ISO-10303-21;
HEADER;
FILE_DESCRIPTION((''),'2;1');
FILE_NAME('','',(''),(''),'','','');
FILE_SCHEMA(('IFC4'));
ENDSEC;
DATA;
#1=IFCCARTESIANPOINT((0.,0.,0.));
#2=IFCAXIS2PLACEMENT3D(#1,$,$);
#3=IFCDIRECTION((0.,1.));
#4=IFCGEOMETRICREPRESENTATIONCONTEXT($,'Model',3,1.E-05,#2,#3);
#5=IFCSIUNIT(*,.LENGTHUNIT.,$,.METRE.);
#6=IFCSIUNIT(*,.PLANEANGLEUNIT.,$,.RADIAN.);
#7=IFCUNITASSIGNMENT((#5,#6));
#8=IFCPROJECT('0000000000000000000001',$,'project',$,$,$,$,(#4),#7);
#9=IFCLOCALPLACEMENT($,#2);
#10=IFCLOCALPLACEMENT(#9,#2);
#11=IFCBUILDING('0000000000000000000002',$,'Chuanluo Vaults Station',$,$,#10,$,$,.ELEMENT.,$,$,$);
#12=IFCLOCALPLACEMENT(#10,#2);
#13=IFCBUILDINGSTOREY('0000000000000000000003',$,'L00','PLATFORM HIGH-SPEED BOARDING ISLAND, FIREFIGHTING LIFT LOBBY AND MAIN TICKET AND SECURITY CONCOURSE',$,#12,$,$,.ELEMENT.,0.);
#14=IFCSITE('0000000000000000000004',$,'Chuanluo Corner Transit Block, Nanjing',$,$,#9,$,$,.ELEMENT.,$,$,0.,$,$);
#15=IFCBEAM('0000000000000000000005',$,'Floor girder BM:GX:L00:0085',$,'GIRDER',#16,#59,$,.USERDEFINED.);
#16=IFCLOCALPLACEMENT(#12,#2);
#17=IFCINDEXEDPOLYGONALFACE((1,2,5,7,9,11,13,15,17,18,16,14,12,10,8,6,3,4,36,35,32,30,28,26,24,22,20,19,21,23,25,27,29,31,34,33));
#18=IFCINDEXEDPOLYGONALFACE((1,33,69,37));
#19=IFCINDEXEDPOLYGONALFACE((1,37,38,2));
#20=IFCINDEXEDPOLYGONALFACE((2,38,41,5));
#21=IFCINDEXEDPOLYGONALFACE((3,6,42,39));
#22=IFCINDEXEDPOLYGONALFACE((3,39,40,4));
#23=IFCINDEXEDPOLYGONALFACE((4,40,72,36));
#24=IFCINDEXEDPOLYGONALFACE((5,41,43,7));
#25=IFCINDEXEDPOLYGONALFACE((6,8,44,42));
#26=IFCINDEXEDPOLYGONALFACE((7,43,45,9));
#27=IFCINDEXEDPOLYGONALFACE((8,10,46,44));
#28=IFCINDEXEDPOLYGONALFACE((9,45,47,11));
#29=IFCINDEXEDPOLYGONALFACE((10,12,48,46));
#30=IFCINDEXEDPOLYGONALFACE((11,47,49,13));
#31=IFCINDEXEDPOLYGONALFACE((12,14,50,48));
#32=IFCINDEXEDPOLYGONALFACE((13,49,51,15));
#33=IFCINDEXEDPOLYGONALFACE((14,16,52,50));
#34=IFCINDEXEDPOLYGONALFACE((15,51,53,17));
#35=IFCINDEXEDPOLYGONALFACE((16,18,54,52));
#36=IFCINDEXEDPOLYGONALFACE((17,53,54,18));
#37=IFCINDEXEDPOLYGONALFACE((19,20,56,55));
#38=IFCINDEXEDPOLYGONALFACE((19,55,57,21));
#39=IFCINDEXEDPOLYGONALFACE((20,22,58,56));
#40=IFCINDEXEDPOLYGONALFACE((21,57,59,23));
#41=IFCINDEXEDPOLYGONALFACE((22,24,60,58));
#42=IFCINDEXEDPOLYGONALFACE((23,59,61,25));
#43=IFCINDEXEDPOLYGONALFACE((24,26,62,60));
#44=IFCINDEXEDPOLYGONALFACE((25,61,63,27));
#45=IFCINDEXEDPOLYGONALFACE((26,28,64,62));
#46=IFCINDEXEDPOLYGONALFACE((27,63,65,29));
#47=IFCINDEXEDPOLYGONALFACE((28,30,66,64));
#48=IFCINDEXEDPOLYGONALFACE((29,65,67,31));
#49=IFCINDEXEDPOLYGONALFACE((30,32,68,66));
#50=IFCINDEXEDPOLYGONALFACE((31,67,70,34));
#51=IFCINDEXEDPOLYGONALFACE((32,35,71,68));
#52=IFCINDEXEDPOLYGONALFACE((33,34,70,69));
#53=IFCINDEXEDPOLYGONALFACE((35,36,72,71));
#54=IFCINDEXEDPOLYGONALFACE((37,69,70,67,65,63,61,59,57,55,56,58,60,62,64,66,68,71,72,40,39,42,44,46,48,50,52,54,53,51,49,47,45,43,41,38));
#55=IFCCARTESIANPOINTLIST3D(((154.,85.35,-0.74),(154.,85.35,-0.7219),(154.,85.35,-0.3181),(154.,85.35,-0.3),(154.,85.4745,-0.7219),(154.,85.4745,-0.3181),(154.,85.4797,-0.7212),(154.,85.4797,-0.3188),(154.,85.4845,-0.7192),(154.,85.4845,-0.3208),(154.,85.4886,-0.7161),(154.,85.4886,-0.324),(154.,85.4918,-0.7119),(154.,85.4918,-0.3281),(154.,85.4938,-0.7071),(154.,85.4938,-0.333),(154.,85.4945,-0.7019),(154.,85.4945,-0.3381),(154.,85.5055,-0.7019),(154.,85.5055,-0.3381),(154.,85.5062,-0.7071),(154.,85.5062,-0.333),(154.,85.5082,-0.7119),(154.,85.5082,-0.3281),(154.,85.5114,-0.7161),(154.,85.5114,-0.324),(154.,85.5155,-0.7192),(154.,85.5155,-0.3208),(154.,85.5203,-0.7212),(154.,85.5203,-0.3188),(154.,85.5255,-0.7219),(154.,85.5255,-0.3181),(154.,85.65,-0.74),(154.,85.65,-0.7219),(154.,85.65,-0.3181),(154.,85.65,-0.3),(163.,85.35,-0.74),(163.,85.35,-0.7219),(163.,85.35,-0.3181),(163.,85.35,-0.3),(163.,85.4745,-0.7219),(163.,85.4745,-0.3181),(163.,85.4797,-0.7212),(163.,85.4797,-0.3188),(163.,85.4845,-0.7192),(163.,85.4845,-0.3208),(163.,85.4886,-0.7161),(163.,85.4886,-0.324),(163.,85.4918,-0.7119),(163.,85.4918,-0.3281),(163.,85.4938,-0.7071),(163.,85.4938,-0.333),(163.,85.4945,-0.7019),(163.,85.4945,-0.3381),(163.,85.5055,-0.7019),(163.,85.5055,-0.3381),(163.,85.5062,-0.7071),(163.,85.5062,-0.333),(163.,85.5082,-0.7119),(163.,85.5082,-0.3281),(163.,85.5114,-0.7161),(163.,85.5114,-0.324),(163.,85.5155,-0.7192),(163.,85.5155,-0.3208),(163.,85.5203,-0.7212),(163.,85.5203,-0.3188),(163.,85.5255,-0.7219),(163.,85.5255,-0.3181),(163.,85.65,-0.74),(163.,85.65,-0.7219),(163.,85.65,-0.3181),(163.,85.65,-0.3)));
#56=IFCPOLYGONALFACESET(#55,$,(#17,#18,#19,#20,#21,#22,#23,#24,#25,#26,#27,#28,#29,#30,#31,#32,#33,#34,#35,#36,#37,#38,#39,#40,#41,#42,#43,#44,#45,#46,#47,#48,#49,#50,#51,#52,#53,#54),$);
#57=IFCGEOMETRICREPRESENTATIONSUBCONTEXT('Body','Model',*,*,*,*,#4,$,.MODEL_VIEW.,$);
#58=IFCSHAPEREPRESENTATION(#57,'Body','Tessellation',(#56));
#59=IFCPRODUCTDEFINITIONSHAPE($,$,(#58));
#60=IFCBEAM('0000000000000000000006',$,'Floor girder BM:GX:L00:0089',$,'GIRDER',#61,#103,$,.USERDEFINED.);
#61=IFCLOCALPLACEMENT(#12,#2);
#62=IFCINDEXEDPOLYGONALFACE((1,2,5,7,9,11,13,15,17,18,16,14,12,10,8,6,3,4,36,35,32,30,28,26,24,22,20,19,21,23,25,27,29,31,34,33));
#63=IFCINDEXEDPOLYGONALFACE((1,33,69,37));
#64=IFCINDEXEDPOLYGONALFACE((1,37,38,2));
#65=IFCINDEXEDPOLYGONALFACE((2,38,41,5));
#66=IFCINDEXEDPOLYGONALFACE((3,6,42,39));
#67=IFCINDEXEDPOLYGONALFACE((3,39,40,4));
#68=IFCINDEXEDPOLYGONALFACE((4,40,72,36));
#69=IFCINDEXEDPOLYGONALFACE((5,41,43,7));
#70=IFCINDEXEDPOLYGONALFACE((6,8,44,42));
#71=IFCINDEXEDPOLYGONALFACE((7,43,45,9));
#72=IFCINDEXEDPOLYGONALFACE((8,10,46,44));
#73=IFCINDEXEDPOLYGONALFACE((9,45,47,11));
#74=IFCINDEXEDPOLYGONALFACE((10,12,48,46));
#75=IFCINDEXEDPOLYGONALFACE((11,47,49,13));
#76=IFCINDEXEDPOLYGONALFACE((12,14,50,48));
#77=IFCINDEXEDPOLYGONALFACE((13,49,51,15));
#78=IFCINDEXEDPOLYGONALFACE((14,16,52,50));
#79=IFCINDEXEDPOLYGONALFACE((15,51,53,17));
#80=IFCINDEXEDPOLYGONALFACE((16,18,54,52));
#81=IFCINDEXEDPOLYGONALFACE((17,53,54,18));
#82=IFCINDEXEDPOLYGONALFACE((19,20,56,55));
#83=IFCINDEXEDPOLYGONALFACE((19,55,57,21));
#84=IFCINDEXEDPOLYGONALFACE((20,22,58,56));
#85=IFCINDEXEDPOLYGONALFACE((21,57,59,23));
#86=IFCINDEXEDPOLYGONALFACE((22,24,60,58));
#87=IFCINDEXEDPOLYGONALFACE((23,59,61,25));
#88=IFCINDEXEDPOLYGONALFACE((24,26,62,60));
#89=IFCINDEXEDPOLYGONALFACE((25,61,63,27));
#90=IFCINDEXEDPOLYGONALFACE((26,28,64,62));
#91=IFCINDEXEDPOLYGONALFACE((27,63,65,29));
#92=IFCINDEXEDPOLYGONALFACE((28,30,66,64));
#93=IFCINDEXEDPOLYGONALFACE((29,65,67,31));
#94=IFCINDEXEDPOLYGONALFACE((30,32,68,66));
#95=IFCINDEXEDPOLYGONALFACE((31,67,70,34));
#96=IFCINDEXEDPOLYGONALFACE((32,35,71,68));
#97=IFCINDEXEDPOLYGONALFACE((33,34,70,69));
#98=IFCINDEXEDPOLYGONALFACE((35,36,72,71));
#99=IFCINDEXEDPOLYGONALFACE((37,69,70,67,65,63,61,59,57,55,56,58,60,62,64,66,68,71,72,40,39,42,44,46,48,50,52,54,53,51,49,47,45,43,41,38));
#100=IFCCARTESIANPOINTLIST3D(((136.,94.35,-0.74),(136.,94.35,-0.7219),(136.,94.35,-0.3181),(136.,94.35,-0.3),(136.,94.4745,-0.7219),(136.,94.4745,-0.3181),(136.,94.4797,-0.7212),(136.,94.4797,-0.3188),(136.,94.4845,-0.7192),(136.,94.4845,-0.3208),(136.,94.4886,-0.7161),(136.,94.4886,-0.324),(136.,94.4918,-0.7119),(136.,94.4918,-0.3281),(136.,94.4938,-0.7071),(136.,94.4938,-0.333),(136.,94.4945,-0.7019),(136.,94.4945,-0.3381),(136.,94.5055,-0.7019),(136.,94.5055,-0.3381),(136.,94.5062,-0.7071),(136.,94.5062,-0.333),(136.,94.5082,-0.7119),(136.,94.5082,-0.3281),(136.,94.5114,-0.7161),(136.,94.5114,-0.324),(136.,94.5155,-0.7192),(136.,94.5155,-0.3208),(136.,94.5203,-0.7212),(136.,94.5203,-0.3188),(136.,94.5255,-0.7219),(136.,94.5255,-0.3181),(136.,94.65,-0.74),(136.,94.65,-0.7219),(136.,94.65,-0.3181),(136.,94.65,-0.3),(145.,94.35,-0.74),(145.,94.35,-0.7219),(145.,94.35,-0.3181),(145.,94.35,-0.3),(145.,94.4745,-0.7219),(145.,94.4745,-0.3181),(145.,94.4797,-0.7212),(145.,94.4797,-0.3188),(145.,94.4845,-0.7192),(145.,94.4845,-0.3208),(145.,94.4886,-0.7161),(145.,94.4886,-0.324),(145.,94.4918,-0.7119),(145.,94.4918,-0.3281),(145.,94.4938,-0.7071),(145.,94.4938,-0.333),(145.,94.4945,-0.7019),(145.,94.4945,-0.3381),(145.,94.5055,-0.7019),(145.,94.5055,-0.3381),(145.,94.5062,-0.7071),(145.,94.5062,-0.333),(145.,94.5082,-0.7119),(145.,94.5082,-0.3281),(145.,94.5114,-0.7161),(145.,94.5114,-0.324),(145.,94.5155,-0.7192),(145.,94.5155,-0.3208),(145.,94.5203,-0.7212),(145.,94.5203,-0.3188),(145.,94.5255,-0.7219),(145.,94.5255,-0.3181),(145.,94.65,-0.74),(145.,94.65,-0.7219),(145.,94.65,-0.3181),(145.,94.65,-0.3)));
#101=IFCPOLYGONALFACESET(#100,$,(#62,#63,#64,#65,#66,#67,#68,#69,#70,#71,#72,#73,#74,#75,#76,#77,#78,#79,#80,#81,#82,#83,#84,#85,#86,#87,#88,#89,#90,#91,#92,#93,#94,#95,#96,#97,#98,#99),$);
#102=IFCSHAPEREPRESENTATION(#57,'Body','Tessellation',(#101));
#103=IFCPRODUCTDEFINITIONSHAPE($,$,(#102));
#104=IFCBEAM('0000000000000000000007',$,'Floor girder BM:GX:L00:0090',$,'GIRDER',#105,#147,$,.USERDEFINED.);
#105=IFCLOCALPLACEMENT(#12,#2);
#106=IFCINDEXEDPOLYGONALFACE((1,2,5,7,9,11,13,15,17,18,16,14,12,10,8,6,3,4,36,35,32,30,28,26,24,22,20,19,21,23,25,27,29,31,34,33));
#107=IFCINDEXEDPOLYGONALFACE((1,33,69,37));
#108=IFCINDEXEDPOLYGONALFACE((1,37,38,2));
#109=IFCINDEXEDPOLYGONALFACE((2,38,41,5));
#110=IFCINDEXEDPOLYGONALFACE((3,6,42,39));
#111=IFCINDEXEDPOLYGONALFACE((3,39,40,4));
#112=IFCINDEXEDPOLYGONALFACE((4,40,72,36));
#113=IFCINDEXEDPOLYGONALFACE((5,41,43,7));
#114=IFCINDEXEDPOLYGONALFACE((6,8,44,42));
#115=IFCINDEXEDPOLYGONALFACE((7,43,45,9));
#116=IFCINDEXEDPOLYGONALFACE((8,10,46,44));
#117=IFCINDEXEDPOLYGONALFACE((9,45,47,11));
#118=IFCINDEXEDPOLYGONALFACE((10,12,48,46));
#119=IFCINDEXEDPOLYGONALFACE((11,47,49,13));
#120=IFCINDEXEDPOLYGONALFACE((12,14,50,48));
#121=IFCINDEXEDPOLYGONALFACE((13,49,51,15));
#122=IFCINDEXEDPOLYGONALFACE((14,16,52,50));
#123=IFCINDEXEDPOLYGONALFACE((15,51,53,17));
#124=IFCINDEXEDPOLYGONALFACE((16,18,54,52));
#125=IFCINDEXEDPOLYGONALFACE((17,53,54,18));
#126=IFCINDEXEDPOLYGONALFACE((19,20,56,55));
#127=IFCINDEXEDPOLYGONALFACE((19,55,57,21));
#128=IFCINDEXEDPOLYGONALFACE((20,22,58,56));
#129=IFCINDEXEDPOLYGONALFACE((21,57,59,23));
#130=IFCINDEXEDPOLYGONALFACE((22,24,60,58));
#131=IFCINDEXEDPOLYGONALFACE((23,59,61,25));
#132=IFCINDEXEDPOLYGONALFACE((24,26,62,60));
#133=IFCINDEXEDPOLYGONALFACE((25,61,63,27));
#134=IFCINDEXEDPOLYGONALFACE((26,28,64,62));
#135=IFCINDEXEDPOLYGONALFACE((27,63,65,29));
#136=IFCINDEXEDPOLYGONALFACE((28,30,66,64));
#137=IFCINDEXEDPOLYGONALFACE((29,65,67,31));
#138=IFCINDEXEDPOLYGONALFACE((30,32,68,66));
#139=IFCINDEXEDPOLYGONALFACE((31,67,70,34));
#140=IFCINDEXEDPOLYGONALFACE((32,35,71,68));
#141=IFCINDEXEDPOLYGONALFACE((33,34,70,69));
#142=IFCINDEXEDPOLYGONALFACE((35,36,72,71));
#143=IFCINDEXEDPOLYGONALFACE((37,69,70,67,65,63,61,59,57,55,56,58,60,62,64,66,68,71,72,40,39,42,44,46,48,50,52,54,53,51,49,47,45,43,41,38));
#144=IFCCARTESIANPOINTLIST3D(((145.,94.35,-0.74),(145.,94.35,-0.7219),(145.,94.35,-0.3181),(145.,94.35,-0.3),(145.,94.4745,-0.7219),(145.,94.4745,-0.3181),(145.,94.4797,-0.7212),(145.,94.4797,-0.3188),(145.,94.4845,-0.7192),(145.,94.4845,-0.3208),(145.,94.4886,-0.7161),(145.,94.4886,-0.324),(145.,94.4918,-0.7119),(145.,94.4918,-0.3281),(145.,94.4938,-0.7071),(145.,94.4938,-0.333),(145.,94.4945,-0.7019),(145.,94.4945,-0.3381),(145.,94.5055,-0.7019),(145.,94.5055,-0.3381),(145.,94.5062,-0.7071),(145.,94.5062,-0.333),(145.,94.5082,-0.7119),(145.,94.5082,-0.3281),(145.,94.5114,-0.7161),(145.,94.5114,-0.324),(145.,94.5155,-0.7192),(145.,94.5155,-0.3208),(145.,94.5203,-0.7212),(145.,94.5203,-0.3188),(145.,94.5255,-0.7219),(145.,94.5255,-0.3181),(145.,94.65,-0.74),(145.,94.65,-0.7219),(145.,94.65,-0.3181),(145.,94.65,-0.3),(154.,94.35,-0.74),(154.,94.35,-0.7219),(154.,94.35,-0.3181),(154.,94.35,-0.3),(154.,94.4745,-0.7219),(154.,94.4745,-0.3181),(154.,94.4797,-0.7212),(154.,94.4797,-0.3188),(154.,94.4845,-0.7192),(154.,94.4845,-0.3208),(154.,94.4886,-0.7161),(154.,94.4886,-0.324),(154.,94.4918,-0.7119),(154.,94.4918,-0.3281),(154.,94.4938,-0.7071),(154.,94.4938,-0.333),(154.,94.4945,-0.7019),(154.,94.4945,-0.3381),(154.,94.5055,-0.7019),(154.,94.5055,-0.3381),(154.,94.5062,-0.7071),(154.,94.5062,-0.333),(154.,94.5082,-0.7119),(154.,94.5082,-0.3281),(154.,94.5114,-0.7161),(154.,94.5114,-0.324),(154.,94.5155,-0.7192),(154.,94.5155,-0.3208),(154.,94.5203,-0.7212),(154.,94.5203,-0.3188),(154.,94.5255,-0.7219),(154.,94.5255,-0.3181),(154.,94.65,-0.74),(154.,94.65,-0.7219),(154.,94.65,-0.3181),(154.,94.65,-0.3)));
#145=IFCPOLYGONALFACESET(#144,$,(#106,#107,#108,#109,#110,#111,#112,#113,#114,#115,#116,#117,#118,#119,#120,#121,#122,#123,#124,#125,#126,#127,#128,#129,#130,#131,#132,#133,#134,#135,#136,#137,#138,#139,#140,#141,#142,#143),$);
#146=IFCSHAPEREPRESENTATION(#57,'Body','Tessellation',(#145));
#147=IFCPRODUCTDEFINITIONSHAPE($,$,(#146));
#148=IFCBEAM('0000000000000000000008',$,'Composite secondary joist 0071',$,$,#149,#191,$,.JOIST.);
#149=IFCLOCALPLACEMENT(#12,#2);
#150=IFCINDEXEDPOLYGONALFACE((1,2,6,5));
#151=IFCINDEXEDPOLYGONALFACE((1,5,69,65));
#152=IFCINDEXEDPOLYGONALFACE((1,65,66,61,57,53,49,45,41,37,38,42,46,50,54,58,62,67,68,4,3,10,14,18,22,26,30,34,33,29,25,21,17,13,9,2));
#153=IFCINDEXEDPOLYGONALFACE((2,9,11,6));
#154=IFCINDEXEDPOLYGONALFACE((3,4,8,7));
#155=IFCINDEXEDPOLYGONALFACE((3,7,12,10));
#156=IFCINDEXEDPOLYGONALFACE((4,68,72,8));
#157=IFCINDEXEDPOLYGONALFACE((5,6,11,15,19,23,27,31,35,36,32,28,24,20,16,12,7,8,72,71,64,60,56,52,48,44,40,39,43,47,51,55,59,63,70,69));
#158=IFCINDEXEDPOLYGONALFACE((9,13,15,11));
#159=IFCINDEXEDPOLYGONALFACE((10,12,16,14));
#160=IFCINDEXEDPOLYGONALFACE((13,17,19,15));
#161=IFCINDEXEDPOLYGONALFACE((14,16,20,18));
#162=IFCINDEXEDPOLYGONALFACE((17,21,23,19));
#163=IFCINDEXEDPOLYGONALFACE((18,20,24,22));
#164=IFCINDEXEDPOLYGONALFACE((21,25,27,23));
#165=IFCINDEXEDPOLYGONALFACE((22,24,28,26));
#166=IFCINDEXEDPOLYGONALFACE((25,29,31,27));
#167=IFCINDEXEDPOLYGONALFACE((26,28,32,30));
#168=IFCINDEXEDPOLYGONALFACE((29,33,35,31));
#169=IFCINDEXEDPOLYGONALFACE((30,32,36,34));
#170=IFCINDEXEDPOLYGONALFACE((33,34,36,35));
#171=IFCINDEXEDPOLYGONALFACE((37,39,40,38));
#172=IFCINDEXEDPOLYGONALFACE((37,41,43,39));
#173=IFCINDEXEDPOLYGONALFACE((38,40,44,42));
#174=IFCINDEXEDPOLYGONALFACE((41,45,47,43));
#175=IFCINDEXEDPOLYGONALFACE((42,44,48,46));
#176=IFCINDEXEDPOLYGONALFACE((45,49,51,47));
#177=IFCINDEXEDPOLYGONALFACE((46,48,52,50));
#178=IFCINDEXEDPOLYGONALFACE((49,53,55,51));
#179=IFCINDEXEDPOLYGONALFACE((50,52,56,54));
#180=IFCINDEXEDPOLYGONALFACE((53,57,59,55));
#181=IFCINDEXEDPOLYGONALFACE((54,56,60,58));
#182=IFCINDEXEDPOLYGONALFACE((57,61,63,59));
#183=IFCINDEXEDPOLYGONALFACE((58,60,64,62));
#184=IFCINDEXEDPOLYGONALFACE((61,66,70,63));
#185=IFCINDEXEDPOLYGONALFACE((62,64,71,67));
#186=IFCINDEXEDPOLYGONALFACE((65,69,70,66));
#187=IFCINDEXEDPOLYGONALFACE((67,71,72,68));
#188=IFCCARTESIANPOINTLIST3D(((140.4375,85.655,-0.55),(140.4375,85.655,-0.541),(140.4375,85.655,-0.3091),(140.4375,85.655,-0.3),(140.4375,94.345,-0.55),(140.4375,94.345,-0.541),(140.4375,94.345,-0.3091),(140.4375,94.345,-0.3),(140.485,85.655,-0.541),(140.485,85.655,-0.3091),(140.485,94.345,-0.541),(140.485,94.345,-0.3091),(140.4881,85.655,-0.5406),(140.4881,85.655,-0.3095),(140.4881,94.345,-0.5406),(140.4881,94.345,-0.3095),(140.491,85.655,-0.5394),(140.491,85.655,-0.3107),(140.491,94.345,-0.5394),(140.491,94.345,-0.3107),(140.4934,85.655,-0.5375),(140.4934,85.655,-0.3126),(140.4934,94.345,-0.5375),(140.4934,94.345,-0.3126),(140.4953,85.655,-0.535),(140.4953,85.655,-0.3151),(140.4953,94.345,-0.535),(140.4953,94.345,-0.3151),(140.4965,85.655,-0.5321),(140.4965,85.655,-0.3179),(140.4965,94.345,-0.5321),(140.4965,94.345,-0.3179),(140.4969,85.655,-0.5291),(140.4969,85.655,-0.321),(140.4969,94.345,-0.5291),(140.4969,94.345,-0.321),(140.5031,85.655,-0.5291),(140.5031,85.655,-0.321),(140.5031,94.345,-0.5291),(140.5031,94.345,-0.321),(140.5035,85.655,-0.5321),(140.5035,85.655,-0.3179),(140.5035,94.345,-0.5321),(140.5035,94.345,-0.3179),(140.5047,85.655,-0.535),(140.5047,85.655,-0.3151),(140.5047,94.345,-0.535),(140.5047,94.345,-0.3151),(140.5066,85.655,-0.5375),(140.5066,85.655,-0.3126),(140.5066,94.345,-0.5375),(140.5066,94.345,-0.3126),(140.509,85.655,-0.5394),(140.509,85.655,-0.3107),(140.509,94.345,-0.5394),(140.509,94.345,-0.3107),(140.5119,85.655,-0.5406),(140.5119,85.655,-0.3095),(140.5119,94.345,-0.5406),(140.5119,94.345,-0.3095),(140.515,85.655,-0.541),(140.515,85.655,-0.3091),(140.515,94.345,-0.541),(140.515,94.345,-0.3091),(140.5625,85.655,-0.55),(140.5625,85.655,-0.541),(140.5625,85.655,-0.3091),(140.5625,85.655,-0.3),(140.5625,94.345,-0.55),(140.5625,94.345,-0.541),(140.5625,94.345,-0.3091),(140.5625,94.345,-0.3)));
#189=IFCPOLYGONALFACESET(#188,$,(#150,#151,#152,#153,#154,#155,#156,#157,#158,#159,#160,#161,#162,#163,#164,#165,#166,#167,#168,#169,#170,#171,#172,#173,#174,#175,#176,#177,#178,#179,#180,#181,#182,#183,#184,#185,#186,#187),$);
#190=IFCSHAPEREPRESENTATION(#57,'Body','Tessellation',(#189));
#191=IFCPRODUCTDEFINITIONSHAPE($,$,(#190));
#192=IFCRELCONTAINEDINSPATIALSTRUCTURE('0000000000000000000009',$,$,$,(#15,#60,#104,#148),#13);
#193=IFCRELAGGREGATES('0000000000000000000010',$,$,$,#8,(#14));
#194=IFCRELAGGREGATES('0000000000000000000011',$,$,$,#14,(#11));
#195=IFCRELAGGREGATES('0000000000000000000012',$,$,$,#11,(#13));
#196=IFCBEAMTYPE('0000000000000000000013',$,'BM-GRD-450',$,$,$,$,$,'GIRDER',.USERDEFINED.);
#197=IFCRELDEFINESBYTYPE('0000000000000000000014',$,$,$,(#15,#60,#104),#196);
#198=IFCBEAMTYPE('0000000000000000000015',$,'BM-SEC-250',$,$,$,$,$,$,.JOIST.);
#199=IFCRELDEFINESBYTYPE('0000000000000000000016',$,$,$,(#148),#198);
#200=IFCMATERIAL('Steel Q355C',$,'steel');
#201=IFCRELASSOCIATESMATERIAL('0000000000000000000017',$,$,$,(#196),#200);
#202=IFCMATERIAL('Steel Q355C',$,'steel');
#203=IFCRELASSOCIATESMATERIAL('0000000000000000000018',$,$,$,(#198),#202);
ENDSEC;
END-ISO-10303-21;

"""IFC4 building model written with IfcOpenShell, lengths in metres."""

from ifc_helpers import new_model, si_unit, direction, frame, origin, origin_2d, place, context, subcontext, project, spatial, i_section, extrude, material, material_profile, profile_set, type_object, element, save


model = new_model("IFC4")

# Units and contexts
model_context = context("Model", 3, precision=1e-05, world=origin(), true_north=direction((0.0, 1.0)))
body_context = subcontext(model_context, "Body", "Model", "MODEL_VIEW")
ifc_project = project(units=[si_unit("LENGTHUNIT", "METRE"), si_unit("PLANEANGLEUNIT", "RADIAN")], contexts=[model_context])

# Site, building, storey
site_placement = place(None, origin())
site = spatial("IfcSite", under=ifc_project, at=site_placement, Name="Chuanluo Corner Transit Block, Nanjing", CompositionType="ELEMENT", RefElevation=0.0)
building_placement = place(site_placement, origin())
building = spatial("IfcBuilding", under=site, at=building_placement, Name="Chuanluo Vaults Station", CompositionType="ELEMENT")
storey_placement = place(building_placement, origin())
storey = spatial("IfcBuildingStorey", under=building, at=storey_placement, Name="L00", Description="PLATFORM HIGH-SPEED BOARDING ISLAND, FIREFIGHTING LIFT LOBBY AND MAIN TICKET AND SECURITY CONCOURSE", CompositionType="ELEMENT", Elevation=0.0)

# Beams
ifc_material_1 = material(Name="Steel Q355C", Category="steel")
ifc_material_profile_1 = material_profile(ifc_material_1, i_section(OverallWidth=0.3, OverallDepth=0.4399, WebThickness=0.011, FlangeThickness=0.0181, FilletRadius=0.02, at=origin_2d()))
ifc_profile_set_1 = profile_set([ifc_material_profile_1], Name="Steel Q355C")
beam_type_1 = type_object("IfcBeamType", Name="BM-GRD-450", ElementType="GIRDER", PredefinedType="USERDEFINED", material=ifc_profile_set_1)
for number, where, z_axis, x_axis, name in (
    (1, (154.0, 85.5, -0.52), (1.0, 0.0, 0.0), (0.0, 1.0, 0.0), "Floor girder BM:GX:L00:0085"),
    (2, (136.0, 94.5, -0.52), (1.0, 0.0, 0.0), (0.0, 1.0, 0.0), "Floor girder BM:GX:L00:0089"),
    (3, (145.0, 94.5, -0.52), (1.0, 0.0, 0.0), (0.0, 1.0, 0.0), "Floor girder BM:GX:L00:0090"),
):
    element("IfcBeam", number, at=place(storey_placement, frame(where, z_axis=z_axis, x_axis=x_axis)), inside=storey, type_object=beam_type_1, Name=name, ObjectType="GIRDER", PredefinedType="USERDEFINED", context=body_context, shape_type="SweptSolid", body=[
        extrude(i_section(OverallWidth=0.3, OverallDepth=0.4399, WebThickness=0.011, FlangeThickness=0.0181, FilletRadius=0.02, at=origin_2d()), origin(), (0.0, 0.0, 1.0), 9.0),
    ])
ifc_material_2 = material(Name="Steel Q355C", Category="steel")
ifc_material_profile_2 = material_profile(ifc_material_2, i_section(OverallWidth=0.125, OverallDepth=0.25, WebThickness=0.0061, FlangeThickness=0.009, FilletRadius=0.012, at=origin_2d()))
ifc_profile_set_2 = profile_set([ifc_material_profile_2], Name="Steel Q355C")
beam_type_2 = type_object("IfcBeamType", Name="BM-SEC-250", PredefinedType="JOIST", material=ifc_profile_set_2)
for number, where, z_axis, x_axis, name in (
    (4, (140.5, 85.655, -0.425), (0.0, 1.0, 0.0), (-1.0, 0.0, 0.0), "Composite secondary joist 0071"),
):
    element("IfcBeam", number, at=place(storey_placement, frame(where, z_axis=z_axis, x_axis=x_axis)), inside=storey, type_object=beam_type_2, Name=name, PredefinedType="JOIST", context=body_context, shape_type="SweptSolid", body=[
        extrude(i_section(OverallWidth=0.125, OverallDepth=0.25, WebThickness=0.0061, FlangeThickness=0.009, FilletRadius=0.012, at=origin_2d()), origin(), (0.0, 0.0, 1.0), 8.6899),
    ])

save(model, "model.ifc")
